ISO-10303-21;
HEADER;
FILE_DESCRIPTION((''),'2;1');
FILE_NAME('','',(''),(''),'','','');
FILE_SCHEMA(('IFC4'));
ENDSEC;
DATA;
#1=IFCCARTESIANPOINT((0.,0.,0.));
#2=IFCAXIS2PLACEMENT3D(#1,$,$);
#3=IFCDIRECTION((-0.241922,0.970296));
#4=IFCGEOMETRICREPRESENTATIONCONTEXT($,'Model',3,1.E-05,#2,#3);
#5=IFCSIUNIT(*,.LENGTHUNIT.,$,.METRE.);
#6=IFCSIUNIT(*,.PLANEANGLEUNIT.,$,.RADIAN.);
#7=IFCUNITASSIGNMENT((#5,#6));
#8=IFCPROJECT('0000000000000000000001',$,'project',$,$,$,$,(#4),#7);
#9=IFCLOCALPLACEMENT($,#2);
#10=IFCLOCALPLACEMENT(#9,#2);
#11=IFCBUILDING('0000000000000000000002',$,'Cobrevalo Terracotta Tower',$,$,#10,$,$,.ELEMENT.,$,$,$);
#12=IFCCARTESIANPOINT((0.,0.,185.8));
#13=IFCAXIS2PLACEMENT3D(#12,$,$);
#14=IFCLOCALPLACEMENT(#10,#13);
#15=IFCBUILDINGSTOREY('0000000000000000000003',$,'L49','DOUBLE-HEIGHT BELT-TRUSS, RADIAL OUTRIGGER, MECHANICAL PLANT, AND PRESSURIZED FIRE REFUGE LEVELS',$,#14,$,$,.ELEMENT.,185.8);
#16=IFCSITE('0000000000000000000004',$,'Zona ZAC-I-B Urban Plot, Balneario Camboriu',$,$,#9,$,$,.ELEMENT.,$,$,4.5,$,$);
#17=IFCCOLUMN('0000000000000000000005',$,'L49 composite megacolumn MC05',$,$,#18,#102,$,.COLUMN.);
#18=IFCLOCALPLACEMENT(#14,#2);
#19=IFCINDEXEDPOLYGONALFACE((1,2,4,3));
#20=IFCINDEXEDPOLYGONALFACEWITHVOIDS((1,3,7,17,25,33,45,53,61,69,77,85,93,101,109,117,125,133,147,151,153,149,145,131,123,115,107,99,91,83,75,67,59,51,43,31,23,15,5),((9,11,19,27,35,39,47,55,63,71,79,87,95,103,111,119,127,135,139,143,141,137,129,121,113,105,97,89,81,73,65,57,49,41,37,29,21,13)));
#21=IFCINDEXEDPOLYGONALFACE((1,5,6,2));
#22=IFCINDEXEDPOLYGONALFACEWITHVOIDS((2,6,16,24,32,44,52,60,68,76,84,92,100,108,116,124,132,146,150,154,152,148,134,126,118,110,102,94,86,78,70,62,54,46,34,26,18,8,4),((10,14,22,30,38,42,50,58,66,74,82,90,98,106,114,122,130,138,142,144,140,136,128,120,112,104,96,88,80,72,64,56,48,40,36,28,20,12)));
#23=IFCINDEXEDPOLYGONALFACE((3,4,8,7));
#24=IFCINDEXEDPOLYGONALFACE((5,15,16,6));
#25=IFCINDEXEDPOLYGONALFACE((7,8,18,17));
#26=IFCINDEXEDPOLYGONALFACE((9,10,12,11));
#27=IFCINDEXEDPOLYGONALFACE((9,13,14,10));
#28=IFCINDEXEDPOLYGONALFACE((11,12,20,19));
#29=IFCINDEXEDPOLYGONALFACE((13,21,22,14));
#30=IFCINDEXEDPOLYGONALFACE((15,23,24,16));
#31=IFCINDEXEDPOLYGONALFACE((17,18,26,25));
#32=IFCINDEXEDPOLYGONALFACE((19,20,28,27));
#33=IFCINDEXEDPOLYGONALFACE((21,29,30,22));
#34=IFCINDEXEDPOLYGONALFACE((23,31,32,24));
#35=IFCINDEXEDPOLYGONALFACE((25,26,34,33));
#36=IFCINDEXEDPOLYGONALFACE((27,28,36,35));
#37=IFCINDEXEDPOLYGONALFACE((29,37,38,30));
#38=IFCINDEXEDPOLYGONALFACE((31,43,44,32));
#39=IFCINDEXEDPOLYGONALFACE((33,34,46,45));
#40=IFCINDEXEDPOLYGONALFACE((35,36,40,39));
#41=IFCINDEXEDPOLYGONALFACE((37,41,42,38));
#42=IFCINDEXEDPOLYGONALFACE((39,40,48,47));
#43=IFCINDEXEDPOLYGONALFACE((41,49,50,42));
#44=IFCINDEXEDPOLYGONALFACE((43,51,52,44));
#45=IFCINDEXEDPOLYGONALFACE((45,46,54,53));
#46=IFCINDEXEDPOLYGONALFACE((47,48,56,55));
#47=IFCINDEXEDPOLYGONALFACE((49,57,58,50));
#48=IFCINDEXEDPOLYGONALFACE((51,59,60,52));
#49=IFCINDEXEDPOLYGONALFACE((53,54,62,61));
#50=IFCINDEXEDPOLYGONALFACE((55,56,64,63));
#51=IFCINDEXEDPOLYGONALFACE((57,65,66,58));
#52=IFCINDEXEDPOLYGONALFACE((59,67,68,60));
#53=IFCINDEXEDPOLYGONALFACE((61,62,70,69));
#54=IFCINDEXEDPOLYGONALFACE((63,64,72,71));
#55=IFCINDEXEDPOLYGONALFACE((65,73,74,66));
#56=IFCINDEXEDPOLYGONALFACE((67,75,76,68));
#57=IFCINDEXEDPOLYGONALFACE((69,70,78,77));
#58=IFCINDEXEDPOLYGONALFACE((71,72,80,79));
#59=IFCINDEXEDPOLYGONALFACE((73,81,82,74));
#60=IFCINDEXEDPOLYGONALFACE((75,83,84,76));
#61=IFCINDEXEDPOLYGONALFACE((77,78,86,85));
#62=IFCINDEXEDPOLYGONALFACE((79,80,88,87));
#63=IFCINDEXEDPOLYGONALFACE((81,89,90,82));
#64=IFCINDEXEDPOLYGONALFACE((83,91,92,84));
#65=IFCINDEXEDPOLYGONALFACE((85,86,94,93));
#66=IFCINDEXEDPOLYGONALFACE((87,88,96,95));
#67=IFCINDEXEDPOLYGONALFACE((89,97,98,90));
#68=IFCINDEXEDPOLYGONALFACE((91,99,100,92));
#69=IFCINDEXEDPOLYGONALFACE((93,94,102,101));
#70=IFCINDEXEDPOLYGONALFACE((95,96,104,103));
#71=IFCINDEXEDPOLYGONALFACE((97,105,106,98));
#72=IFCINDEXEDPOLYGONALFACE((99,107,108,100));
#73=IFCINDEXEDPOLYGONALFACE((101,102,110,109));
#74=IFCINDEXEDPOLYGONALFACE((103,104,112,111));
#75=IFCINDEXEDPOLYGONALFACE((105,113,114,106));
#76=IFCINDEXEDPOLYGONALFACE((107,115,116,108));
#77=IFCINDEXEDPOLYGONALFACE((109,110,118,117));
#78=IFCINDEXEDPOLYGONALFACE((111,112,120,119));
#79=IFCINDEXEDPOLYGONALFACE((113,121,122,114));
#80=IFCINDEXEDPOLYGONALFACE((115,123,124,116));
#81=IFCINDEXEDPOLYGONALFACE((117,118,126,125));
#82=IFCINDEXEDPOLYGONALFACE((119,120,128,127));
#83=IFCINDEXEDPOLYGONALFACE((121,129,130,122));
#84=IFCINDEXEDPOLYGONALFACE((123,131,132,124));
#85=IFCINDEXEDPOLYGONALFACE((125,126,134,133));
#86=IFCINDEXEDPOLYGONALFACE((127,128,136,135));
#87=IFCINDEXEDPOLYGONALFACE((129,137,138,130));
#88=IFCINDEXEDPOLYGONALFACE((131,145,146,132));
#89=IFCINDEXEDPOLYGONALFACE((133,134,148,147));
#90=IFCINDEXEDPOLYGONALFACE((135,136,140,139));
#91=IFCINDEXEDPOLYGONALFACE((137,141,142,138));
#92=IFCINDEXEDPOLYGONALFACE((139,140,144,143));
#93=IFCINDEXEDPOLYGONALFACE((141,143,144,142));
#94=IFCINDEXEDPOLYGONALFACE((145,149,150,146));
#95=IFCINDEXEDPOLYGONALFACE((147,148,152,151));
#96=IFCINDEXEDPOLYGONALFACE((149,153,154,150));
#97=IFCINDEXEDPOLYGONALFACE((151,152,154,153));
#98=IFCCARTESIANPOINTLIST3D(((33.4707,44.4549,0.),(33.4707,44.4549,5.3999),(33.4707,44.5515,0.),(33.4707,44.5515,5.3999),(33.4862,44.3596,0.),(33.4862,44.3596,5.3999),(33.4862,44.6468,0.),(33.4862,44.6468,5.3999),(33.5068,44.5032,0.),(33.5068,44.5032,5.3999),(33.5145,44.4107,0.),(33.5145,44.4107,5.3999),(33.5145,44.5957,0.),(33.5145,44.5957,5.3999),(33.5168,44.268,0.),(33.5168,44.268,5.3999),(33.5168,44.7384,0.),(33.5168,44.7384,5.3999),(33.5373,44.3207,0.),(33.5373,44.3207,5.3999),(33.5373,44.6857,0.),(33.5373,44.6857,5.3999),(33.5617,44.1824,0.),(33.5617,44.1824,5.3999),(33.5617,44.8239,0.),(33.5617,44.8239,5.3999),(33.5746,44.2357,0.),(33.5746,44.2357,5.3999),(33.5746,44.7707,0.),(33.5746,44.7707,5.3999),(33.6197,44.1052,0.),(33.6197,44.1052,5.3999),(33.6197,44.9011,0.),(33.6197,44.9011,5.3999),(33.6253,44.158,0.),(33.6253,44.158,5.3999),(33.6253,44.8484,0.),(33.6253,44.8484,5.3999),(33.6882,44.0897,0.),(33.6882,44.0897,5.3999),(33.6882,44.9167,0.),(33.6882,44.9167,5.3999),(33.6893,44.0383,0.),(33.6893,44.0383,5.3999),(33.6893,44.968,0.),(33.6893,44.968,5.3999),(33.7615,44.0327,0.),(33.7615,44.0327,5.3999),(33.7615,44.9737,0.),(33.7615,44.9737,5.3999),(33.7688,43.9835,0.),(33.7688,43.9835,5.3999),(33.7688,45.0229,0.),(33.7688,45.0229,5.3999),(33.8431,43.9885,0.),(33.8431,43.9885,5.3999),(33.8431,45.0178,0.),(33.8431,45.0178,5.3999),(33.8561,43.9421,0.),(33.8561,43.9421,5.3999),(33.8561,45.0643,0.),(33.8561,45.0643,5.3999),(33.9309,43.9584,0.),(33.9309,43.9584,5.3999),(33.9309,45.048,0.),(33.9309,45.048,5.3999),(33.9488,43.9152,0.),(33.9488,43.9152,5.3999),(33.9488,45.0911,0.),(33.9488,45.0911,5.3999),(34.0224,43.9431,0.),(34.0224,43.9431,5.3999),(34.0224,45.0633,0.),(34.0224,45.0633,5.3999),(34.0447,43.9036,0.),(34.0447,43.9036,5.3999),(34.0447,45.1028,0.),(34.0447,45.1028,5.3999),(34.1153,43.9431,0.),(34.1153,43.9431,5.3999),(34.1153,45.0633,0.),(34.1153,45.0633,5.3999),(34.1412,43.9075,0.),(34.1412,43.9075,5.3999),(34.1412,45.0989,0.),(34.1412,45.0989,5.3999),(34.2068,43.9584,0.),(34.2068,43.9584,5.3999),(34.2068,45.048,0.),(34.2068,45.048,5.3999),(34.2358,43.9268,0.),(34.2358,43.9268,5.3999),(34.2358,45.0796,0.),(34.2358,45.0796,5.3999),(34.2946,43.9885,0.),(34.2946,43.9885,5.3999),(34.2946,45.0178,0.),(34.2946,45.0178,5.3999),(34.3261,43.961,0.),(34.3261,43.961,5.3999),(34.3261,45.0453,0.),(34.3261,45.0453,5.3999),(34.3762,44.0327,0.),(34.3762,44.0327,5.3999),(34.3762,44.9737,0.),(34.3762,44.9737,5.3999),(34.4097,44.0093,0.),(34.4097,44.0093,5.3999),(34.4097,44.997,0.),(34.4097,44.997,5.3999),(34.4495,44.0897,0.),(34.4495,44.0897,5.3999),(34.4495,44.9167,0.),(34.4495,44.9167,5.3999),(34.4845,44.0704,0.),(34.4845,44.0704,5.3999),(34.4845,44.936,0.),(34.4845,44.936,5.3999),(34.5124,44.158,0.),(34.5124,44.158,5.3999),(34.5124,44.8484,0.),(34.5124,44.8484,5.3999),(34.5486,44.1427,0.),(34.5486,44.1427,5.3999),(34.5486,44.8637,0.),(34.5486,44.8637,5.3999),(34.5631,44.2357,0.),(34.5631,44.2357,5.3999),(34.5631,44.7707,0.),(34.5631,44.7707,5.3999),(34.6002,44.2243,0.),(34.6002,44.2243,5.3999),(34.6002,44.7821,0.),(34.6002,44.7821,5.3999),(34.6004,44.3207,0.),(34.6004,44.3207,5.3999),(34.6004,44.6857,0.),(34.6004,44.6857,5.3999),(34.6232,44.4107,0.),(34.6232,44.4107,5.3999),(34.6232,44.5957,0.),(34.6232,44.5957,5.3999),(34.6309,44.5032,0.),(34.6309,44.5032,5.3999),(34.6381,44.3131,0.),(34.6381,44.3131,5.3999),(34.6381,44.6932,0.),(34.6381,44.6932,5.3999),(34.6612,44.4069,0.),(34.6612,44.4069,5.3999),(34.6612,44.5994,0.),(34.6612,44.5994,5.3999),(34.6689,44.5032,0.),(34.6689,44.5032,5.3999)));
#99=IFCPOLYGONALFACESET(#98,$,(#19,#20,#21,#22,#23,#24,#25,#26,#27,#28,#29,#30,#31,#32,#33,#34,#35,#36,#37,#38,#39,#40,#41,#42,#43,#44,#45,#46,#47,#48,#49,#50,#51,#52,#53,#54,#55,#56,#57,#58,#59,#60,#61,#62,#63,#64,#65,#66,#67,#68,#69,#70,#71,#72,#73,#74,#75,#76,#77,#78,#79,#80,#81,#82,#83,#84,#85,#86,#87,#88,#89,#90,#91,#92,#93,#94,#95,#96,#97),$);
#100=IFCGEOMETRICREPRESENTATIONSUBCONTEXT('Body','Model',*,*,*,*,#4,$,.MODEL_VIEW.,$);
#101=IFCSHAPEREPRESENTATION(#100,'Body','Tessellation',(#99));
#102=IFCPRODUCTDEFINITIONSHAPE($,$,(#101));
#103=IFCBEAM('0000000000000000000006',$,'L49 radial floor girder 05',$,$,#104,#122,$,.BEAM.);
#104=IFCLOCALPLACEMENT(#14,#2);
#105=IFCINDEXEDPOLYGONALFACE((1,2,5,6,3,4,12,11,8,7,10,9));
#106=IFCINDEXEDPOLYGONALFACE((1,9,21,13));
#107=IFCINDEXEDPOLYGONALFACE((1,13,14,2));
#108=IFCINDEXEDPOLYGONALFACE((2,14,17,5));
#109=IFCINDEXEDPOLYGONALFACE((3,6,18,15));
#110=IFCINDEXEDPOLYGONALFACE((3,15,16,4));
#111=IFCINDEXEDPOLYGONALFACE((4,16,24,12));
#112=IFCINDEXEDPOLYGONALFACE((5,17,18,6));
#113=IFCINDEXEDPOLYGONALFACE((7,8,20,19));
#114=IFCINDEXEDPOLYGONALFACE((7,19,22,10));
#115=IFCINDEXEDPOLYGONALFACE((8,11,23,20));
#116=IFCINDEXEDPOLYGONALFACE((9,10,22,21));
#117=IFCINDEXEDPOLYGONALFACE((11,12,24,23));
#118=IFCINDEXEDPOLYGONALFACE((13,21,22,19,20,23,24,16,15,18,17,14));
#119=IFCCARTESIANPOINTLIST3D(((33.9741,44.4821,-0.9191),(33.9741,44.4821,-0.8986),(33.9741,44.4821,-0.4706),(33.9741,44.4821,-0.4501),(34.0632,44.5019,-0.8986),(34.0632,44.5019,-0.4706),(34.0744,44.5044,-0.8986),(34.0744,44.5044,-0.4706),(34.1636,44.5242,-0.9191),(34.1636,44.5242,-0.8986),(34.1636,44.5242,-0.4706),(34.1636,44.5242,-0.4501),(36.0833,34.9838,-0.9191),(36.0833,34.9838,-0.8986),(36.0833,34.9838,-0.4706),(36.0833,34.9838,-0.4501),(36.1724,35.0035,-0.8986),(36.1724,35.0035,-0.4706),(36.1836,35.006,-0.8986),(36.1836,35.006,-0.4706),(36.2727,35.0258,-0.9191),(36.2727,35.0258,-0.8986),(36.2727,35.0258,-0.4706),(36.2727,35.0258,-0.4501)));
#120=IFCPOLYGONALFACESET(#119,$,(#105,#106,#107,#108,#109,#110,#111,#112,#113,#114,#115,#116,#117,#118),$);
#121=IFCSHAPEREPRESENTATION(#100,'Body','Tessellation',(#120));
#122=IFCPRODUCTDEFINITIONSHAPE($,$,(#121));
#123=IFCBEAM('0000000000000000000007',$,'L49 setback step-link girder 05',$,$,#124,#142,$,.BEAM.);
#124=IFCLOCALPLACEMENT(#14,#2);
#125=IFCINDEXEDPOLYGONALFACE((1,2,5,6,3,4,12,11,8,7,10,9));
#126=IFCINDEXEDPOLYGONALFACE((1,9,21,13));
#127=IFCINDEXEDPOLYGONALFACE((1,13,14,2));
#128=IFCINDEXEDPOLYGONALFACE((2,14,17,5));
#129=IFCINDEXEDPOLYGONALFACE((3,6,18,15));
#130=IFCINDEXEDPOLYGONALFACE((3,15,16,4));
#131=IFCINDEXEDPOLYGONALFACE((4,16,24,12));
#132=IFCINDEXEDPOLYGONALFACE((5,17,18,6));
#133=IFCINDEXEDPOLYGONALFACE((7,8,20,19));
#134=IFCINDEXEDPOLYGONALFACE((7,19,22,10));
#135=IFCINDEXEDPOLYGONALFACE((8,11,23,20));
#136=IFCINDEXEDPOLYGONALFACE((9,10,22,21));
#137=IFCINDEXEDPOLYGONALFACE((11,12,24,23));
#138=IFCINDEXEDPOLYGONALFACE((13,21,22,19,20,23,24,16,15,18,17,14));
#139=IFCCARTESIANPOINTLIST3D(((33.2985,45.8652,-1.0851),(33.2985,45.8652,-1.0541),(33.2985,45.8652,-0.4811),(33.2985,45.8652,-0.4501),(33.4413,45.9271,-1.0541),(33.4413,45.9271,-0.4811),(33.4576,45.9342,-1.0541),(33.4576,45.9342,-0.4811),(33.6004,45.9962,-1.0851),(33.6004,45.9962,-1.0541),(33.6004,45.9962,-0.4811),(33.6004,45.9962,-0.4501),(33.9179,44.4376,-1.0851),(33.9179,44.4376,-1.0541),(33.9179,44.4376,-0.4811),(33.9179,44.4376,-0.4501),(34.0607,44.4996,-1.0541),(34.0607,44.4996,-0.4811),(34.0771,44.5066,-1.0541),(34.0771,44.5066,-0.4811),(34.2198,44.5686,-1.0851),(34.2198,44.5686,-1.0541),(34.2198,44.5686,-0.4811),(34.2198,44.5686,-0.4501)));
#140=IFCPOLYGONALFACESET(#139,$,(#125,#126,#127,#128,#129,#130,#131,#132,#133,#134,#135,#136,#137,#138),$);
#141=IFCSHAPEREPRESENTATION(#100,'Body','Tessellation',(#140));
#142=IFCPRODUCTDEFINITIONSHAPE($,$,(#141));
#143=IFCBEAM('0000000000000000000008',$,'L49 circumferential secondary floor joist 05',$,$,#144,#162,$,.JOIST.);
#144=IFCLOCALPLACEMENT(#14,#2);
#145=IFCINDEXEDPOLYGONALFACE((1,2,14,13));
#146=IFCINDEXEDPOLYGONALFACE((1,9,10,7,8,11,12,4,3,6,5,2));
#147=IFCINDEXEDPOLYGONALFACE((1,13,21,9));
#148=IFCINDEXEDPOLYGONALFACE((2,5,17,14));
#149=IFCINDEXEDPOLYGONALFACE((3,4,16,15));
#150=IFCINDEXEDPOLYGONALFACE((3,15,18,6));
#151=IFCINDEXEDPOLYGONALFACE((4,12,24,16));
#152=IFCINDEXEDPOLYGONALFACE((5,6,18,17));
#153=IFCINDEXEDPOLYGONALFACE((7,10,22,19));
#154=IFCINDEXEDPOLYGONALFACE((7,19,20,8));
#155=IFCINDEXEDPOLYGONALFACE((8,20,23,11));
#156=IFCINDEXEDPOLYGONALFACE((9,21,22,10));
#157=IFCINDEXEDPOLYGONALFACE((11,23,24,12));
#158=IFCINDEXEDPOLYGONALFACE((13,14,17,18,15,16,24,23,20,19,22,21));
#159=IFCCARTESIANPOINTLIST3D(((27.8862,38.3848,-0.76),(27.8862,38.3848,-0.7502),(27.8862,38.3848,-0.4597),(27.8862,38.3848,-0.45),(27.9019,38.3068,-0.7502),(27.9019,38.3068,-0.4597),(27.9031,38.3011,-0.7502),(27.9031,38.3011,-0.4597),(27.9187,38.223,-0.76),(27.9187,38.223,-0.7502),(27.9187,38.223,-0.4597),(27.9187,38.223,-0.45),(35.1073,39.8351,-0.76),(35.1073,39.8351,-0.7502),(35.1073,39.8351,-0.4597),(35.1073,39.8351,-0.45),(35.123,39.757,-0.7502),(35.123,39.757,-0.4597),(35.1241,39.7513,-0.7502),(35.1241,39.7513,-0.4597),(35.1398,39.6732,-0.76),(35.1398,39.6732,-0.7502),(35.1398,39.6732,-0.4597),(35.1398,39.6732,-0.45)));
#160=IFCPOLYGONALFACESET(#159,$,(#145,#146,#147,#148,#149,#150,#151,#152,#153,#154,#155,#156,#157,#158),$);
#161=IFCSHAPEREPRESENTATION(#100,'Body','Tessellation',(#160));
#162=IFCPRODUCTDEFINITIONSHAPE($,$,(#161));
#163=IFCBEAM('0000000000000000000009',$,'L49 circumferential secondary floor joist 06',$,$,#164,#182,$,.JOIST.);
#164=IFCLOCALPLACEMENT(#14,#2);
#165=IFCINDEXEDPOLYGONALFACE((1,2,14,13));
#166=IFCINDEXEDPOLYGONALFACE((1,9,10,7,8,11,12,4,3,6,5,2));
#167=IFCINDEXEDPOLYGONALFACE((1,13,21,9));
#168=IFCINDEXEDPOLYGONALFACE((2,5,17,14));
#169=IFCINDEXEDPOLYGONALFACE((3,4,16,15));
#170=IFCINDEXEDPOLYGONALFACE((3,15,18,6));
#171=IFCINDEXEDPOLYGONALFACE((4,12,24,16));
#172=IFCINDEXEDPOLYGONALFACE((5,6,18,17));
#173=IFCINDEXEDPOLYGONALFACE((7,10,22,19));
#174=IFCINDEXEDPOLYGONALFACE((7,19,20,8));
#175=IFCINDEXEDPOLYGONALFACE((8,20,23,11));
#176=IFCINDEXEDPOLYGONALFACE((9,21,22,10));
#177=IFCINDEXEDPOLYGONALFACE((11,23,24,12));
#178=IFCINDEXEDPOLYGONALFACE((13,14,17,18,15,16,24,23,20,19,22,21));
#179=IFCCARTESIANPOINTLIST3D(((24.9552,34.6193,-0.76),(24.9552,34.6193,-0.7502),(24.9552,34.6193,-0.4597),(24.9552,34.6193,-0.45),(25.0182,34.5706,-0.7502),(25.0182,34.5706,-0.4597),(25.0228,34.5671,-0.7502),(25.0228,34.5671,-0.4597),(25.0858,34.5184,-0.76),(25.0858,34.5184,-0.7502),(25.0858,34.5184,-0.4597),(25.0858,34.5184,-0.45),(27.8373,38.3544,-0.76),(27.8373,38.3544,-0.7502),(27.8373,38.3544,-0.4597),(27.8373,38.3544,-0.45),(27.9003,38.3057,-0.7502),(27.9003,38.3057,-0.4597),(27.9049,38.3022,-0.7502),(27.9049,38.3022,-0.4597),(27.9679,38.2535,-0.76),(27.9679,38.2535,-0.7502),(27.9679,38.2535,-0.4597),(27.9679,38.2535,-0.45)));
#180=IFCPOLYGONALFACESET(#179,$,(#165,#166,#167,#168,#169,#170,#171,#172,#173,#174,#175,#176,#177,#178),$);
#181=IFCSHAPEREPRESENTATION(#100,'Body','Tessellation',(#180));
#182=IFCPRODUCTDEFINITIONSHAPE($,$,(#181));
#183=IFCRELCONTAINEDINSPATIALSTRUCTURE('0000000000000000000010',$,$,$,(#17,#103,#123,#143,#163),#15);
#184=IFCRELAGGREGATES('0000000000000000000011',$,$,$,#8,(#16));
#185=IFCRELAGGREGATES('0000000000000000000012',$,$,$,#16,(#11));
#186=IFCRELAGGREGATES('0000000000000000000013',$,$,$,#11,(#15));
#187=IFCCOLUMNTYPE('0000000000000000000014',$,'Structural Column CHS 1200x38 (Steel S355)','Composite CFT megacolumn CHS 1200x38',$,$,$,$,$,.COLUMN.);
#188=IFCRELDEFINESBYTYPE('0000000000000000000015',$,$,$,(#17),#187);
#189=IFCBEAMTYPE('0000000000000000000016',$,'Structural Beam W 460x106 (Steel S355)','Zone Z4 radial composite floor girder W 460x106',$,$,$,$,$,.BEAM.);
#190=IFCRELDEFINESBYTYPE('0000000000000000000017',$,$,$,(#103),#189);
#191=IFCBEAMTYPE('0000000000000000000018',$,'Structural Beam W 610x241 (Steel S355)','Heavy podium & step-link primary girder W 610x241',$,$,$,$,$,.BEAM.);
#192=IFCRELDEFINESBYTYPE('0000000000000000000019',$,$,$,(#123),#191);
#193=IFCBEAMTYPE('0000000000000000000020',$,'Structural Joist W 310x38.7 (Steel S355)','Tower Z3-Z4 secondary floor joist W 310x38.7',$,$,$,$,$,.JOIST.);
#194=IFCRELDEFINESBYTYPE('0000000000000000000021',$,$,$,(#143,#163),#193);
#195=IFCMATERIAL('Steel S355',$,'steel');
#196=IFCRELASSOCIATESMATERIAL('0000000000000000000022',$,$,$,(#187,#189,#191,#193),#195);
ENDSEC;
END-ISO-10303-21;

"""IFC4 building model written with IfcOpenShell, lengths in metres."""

from ifc_helpers import new_model, si_unit, direction, frame, origin, origin_2d, place, context, subcontext, project, spatial, hollow_circle, i_section, extrude, material, material_profile, profile_set, type_object, element, save


model = new_model("IFC4")

# Units and contexts
model_context = context("Model", 3, precision=1e-05, world=origin(), true_north=direction((-0.241922, 0.970296)))
body_context = subcontext(model_context, "Body", "Model", "MODEL_VIEW")
ifc_project = project(units=[si_unit("LENGTHUNIT", "METRE"), si_unit("PLANEANGLEUNIT", "RADIAN")], contexts=[model_context])

# Site, building, storey
site_placement = place(None, origin())
site = spatial("IfcSite", under=ifc_project, at=site_placement, Name="Zona ZAC-I-B Urban Plot, Balneario Camboriu", CompositionType="ELEMENT", RefElevation=4.5)
building_placement = place(site_placement, origin())
building = spatial("IfcBuilding", under=site, at=building_placement, Name="Cobrevalo Terracotta Tower", CompositionType="ELEMENT")
storey_placement = place(building_placement, frame((0.0, 0.0, 185.8)))
storey = spatial("IfcBuildingStorey", under=building, at=storey_placement, Name="L49", Description="DOUBLE-HEIGHT BELT-TRUSS, RADIAL OUTRIGGER, MECHANICAL PLANT, AND PRESSURIZED FIRE REFUGE LEVELS", CompositionType="ELEMENT", Elevation=185.8)

# Column
ifc_material_1 = material(Name="Steel S355", Category="steel")
ifc_material_profile_1 = material_profile(ifc_material_1, hollow_circle(Radius=0.6001, WallThickness=0.0381, at=origin_2d()), Name="CHS 1200x38")
ifc_profile_set_1 = profile_set([ifc_material_profile_1], Name="Steel S355")
column_type = type_object("IfcColumnType", Name="Structural Column CHS 1200x38 (Steel S355)", Description="Composite CFT megacolumn CHS 1200x38", PredefinedType="COLUMN", material=ifc_profile_set_1)
column_placement = place(storey_placement, frame((34.0688, 44.5032, 0.0), z_axis=(0.0, 0.0, 1.0), x_axis=(1.0, 0.0, 0.0)))
element("IfcColumn", 1, at=column_placement, inside=storey, type_object=column_type, Name="L49 composite megacolumn MC05", PredefinedType="COLUMN", context=body_context, shape_type="SweptSolid", body=[
    extrude(hollow_circle(Radius=0.6001, WallThickness=0.0381, at=origin_2d()), origin(), (0.0, 0.0, 1.0), 5.3999),
])

# Beams
ifc_material_profile_2 = material_profile(ifc_material_1, i_section(OverallWidth=0.1941, OverallDepth=0.469, WebThickness=0.0115, FlangeThickness=0.0205, at=origin_2d()), Name="W 460x106")
ifc_profile_set_2 = profile_set([ifc_material_profile_2], Name="Steel S355")
beam_type_1 = type_object("IfcBeamType", Name="Structural Beam W 460x106 (Steel S355)", Description="Zone Z4 radial composite floor girder W 460x106", PredefinedType="BEAM", material=ifc_profile_set_2)
beam_1_placement = place(storey_placement, frame((34.0688, 44.5032, -0.6846), z_axis=(0.216774, -0.976222, 0.0), x_axis=(0.976222, 0.216774, 0.0)))
element("IfcBeam", 2, at=beam_1_placement, inside=storey, type_object=beam_type_1, Name="L49 radial floor girder 05", PredefinedType="BEAM", context=body_context, shape_type="SweptSolid", body=[
    extrude(i_section(OverallWidth=0.1941, OverallDepth=0.469, WebThickness=0.0115, FlangeThickness=0.0205, at=origin_2d()), origin(), (0.0, 0.0, 1.0), 9.7297),
])
ifc_material_profile_3 = material_profile(ifc_material_1, i_section(OverallWidth=0.3291, OverallDepth=0.635, WebThickness=0.0178, FlangeThickness=0.031, at=origin_2d()), Name="W 610x241")
ifc_profile_set_3 = profile_set([ifc_material_profile_3], Name="Steel S355")
beam_type_2 = type_object("IfcBeamType", Name="Structural Beam W 610x241 (Steel S355)", Description="Heavy podium & step-link primary girder W 610x241", PredefinedType="BEAM", material=ifc_profile_set_3)
beam_2_placement = place(storey_placement, frame((33.4495, 45.9307, -0.7676), z_axis=(0.398043, -0.917367, 0.0), x_axis=(0.917367, 0.398043, 0.0)))
element("IfcBeam", 3, at=beam_2_placement, inside=storey, type_object=beam_type_2, Name="L49 setback step-link girder 05", PredefinedType="BEAM", context=body_context, shape_type="SweptSolid", body=[
    extrude(i_section(OverallWidth=0.3291, OverallDepth=0.635, WebThickness=0.0178, FlangeThickness=0.031, at=origin_2d()), origin(), (0.0, 0.0, 1.0), 1.5562),
])
ifc_material_profile_4 = material_profile(ifc_material_1, i_section(OverallWidth=0.165, OverallDepth=0.3101, WebThickness=0.0059, FlangeThickness=0.0098, at=origin_2d()), Name="W 310x38.7")
ifc_profile_set_4 = profile_set([ifc_material_profile_4], Name="Steel S355")
beam_type_3 = type_object("IfcBeamType", Name="Structural Joist W 310x38.7 (Steel S355)", Description="Tower Z3-Z4 secondary floor joist W 310x38.7", PredefinedType="JOIST", material=ifc_profile_set_4)
beam_3_placement = place(storey_placement, frame((35.1235, 39.7542, -0.605), z_axis=(-0.980424, -0.1969, 0.0), x_axis=(0.1969, -0.980424, 0.0)))
element("IfcBeam", 4, at=beam_3_placement, inside=storey, type_object=beam_type_3, Name="L49 circumferential secondary floor joist 05", PredefinedType="JOIST", context=body_context, shape_type="SweptSolid", body=[
    extrude(i_section(OverallWidth=0.165, OverallDepth=0.3101, WebThickness=0.0059, FlangeThickness=0.0098, at=origin_2d()), origin(), (0.0, 0.0, 1.0), 7.3652),
])
beam_4_placement = place(storey_placement, frame((27.9026, 38.304, -0.605), z_axis=(-0.610898, -0.791709, 0.0), x_axis=(0.791709, -0.610898, 0.0)))
element("IfcBeam", 5, at=beam_4_placement, inside=storey, type_object=beam_type_3, Name="L49 circumferential secondary floor joist 06", PredefinedType="JOIST", context=body_context, shape_type="SweptSolid", body=[
    extrude(i_section(OverallWidth=0.165, OverallDepth=0.3101, WebThickness=0.0059, FlangeThickness=0.0098, at=origin_2d()), origin(), (0.0, 0.0, 1.0), 4.7178),
])

save(model, "model.ifc")
